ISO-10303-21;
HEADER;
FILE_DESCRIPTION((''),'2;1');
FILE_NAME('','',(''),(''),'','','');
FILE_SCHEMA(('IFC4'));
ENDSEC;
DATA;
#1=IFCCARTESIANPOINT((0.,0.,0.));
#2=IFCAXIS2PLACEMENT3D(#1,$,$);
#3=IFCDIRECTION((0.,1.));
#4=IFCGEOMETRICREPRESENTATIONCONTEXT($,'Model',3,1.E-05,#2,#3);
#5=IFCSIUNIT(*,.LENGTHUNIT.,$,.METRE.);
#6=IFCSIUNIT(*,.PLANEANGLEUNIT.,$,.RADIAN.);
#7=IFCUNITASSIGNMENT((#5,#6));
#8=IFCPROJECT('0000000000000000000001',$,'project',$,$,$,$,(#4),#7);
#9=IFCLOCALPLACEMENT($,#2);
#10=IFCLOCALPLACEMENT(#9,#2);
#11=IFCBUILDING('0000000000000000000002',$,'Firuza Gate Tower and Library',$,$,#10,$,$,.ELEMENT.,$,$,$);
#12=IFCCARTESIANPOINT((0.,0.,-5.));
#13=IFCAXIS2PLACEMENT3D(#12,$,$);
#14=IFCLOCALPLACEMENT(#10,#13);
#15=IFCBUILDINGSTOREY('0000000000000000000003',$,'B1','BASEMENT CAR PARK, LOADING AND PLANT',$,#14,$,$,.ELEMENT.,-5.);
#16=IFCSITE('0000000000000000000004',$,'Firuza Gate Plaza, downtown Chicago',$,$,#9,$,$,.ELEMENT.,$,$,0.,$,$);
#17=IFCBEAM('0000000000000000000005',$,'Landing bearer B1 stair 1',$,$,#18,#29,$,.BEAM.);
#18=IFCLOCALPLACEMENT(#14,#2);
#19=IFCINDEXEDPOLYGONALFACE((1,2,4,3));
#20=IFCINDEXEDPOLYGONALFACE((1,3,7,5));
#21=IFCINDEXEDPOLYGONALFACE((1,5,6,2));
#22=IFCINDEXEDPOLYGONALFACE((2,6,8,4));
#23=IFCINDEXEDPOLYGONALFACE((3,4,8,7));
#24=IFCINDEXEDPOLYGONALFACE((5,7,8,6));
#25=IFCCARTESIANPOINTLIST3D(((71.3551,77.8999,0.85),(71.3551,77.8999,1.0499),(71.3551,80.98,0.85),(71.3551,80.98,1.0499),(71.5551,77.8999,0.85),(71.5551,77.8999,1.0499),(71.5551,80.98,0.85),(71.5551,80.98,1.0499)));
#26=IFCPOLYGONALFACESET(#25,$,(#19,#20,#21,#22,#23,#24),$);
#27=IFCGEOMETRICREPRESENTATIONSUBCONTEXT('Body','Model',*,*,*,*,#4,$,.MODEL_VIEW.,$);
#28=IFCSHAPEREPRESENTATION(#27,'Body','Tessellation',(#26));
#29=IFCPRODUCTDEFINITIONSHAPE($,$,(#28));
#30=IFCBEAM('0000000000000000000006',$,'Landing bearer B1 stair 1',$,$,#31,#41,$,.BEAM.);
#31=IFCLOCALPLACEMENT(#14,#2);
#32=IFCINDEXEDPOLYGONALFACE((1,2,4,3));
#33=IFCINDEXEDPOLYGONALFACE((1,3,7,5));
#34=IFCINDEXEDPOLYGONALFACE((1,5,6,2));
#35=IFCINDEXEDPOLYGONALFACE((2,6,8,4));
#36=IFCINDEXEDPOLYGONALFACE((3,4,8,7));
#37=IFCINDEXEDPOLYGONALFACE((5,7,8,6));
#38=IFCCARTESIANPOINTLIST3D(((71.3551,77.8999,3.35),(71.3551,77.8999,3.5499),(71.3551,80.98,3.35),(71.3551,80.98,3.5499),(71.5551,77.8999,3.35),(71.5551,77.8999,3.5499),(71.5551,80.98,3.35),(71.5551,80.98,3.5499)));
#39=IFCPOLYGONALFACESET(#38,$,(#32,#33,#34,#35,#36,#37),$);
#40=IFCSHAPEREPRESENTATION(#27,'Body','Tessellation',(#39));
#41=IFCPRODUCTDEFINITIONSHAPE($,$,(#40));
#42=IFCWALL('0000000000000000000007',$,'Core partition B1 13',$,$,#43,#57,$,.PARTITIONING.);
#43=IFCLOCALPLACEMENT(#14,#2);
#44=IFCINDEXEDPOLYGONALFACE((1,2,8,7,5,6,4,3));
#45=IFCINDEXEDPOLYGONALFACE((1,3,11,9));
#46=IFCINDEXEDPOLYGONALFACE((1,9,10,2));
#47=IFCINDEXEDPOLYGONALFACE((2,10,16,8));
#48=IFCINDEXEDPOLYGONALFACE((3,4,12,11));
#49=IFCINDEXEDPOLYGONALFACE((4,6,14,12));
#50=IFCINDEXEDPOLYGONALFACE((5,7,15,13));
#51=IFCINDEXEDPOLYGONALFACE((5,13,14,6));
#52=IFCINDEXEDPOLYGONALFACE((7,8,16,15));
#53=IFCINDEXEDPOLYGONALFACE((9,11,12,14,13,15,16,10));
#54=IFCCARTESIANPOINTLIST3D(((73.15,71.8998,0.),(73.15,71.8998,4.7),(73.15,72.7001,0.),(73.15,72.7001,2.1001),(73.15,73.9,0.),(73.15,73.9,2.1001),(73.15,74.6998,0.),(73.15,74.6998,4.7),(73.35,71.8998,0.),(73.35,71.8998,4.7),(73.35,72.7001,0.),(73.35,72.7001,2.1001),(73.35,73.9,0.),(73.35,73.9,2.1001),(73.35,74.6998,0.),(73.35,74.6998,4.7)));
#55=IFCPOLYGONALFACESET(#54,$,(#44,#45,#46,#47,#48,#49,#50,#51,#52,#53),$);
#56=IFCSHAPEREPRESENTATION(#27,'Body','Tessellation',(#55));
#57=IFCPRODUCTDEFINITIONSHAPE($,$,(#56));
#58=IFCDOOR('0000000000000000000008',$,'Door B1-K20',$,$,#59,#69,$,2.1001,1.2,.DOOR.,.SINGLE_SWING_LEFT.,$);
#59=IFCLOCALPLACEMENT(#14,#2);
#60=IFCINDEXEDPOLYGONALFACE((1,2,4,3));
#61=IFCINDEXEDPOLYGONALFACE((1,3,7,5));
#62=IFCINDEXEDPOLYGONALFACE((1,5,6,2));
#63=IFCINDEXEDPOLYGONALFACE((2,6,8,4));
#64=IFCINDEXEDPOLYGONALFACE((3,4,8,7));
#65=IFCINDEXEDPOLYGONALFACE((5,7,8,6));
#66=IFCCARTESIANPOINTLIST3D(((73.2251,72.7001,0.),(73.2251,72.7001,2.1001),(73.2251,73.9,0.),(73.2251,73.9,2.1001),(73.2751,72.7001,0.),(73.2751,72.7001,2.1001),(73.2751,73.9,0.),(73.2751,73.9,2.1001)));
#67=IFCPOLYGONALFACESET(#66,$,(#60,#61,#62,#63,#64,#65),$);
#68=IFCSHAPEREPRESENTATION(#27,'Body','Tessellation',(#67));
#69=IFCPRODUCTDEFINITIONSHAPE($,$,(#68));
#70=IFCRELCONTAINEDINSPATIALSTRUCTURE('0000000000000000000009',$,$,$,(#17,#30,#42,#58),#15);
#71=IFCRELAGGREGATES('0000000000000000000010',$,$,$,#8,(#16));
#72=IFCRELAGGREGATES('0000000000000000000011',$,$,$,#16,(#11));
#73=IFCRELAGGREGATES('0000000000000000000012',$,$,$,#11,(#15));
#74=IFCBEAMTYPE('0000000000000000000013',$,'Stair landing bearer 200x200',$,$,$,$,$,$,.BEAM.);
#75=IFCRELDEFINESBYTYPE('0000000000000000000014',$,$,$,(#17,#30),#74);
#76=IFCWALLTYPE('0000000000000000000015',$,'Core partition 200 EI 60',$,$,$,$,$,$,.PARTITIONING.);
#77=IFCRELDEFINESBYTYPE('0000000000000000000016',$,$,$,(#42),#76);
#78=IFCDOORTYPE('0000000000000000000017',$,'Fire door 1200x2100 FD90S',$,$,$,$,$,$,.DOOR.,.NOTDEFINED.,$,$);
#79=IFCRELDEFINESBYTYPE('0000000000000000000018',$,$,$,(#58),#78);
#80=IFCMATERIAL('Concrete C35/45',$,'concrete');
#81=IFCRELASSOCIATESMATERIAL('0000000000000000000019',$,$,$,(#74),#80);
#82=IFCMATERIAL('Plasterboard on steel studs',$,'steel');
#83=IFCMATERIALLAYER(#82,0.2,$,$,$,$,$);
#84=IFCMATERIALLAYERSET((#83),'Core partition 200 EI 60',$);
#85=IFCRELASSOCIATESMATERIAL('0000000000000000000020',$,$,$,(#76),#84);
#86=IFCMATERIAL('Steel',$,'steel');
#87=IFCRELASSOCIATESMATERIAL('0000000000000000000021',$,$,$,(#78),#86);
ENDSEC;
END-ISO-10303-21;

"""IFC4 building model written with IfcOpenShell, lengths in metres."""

from ifc_helpers import new_model, si_unit, direction, frame, frame_2d, origin, origin_2d, place, context, subcontext, project, spatial, rectangle, extrude, material, layer, layer_set, material_profile, profile_set, type_object, element, fill, save


model = new_model("IFC4")

# Units and contexts
model_context = context("Model", 3, precision=1e-05, world=origin(), true_north=direction((0.0, 1.0)))
body_context = subcontext(model_context, "Body", "Model", "MODEL_VIEW")
ifc_project = project(units=[si_unit("LENGTHUNIT", "METRE"), si_unit("PLANEANGLEUNIT", "RADIAN")], contexts=[model_context])

# Site, building, storey
site_placement = place(None, origin())
site = spatial("IfcSite", under=ifc_project, at=site_placement, Name="Firuza Gate Plaza, downtown Chicago", CompositionType="ELEMENT", RefElevation=0.0)
building_placement = place(site_placement, origin())
building = spatial("IfcBuilding", under=site, at=building_placement, Name="Firuza Gate Tower and Library", CompositionType="ELEMENT")
storey_placement = place(building_placement, frame((0.0, 0.0, -5.0)))
storey = spatial("IfcBuildingStorey", under=building, at=storey_placement, Name="B1", Description="BASEMENT CAR PARK, LOADING AND PLANT", CompositionType="ELEMENT", Elevation=-5.0)

# Beams
ifc_material_1 = material(Name="Concrete C35/45", Category="concrete")
ifc_material_profile = material_profile(ifc_material_1, rectangle(XDim=0.2, YDim=0.2, at=origin_2d()))
ifc_profile_set = profile_set([ifc_material_profile], Name="Concrete C35/45")
beam_type = type_object("IfcBeamType", Name="Stair landing bearer 200x200", PredefinedType="BEAM", material=ifc_profile_set)
for number, where, z_axis, x_axis, name in (
    (1, (71.4551, 77.8999, 0.95), (0.0, 1.0, 0.0), (-1.0, 0.0, 0.0), "Landing bearer B1 stair 1"),
    (2, (71.4551, 77.8999, 3.45), (0.0, 1.0, 0.0), (-1.0, 0.0, 0.0), "Landing bearer B1 stair 1"),
):
    element("IfcBeam", number, at=place(storey_placement, frame(where, z_axis=z_axis, x_axis=x_axis)), inside=storey, type_object=beam_type, Name=name, PredefinedType="BEAM", context=body_context, shape_type="SweptSolid", body=[
        extrude(rectangle(XDim=0.2, YDim=0.2, at=origin_2d()), origin(), (0.0, 0.0, 1.0), 3.0801),
    ])

# Wall, opening, door
ifc_material_2 = material(Name="Plasterboard on steel studs", Category="steel")
ifc_layer_1 = layer(ifc_material_2, 0.2)
ifc_layer_set_1 = layer_set([ifc_layer_1], Name="Core partition 200 EI 60")
wall_type_1 = type_object("IfcWallType", Name="Core partition 200 EI 60", PredefinedType="PARTITIONING", material=ifc_layer_set_1)
wall_1_placement = place(storey_placement, frame((73.25, 71.8999, 0.0), z_axis=(0.0, 0.0, 1.0), x_axis=(0.0, 1.0, 0.0)))
wall_1 = element("IfcWall", 3, at=wall_1_placement, inside=storey, type_object=wall_type_1, Name="Core partition B1 13", PredefinedType="PARTITIONING", context=body_context, shape_type="SweptSolid", body=[
    extrude(rectangle(XDim=2.8, YDim=0.2, at=frame_2d((1.3999, 0.0))), origin(), (0.0, 0.0, 1.0), 4.7),
])
opening_1_placement = place(wall_1_placement, frame((0.8, 0.0, 0.0)))
opening_1 = element("IfcOpeningElement", 4, at=opening_1_placement, cuts=wall_1, PredefinedType="OPENING", context=body_context, shape_type="SweptSolid", body=[
    extrude(rectangle(XDim=1.2, YDim=2.1001, at=frame_2d((0.6001, 1.05))), frame((0.0, 0.1099, 0.0), z_axis=(0.0, -1.0, 0.0), x_axis=(1.0, 0.0, 0.0)), (0.0, 0.0, 1.0), 0.22),
])
ifc_material_3 = material(Name="Steel", Category="steel")
door_type_1 = type_object("IfcDoorType", Name="Fire door 1200x2100 FD90S", OperationType="NOTDEFINED", PredefinedType="DOOR", material=ifc_material_3)
door_1_placement = place(opening_1_placement, origin())
door_1 = element("IfcDoor", 5, at=door_1_placement, inside=storey, type_object=door_type_1, Name="Door B1-K20", OperationType="SINGLE_SWING_LEFT", OverallHeight=2.1001, OverallWidth=1.2, PredefinedType="DOOR", context=body_context, shape_type="SweptSolid", body=[
    extrude(rectangle(XDim=1.2, YDim=2.1001, at=frame_2d((0.6001, 1.05))), frame((0.0, 0.0249, 0.0), z_axis=(0.0, -1.0, 0.0), x_axis=(1.0, 0.0, 0.0)), (0.0, 0.0, 1.0), 0.05),
])
fill(opening_1, door_1)

save(model, "model.ifc")
